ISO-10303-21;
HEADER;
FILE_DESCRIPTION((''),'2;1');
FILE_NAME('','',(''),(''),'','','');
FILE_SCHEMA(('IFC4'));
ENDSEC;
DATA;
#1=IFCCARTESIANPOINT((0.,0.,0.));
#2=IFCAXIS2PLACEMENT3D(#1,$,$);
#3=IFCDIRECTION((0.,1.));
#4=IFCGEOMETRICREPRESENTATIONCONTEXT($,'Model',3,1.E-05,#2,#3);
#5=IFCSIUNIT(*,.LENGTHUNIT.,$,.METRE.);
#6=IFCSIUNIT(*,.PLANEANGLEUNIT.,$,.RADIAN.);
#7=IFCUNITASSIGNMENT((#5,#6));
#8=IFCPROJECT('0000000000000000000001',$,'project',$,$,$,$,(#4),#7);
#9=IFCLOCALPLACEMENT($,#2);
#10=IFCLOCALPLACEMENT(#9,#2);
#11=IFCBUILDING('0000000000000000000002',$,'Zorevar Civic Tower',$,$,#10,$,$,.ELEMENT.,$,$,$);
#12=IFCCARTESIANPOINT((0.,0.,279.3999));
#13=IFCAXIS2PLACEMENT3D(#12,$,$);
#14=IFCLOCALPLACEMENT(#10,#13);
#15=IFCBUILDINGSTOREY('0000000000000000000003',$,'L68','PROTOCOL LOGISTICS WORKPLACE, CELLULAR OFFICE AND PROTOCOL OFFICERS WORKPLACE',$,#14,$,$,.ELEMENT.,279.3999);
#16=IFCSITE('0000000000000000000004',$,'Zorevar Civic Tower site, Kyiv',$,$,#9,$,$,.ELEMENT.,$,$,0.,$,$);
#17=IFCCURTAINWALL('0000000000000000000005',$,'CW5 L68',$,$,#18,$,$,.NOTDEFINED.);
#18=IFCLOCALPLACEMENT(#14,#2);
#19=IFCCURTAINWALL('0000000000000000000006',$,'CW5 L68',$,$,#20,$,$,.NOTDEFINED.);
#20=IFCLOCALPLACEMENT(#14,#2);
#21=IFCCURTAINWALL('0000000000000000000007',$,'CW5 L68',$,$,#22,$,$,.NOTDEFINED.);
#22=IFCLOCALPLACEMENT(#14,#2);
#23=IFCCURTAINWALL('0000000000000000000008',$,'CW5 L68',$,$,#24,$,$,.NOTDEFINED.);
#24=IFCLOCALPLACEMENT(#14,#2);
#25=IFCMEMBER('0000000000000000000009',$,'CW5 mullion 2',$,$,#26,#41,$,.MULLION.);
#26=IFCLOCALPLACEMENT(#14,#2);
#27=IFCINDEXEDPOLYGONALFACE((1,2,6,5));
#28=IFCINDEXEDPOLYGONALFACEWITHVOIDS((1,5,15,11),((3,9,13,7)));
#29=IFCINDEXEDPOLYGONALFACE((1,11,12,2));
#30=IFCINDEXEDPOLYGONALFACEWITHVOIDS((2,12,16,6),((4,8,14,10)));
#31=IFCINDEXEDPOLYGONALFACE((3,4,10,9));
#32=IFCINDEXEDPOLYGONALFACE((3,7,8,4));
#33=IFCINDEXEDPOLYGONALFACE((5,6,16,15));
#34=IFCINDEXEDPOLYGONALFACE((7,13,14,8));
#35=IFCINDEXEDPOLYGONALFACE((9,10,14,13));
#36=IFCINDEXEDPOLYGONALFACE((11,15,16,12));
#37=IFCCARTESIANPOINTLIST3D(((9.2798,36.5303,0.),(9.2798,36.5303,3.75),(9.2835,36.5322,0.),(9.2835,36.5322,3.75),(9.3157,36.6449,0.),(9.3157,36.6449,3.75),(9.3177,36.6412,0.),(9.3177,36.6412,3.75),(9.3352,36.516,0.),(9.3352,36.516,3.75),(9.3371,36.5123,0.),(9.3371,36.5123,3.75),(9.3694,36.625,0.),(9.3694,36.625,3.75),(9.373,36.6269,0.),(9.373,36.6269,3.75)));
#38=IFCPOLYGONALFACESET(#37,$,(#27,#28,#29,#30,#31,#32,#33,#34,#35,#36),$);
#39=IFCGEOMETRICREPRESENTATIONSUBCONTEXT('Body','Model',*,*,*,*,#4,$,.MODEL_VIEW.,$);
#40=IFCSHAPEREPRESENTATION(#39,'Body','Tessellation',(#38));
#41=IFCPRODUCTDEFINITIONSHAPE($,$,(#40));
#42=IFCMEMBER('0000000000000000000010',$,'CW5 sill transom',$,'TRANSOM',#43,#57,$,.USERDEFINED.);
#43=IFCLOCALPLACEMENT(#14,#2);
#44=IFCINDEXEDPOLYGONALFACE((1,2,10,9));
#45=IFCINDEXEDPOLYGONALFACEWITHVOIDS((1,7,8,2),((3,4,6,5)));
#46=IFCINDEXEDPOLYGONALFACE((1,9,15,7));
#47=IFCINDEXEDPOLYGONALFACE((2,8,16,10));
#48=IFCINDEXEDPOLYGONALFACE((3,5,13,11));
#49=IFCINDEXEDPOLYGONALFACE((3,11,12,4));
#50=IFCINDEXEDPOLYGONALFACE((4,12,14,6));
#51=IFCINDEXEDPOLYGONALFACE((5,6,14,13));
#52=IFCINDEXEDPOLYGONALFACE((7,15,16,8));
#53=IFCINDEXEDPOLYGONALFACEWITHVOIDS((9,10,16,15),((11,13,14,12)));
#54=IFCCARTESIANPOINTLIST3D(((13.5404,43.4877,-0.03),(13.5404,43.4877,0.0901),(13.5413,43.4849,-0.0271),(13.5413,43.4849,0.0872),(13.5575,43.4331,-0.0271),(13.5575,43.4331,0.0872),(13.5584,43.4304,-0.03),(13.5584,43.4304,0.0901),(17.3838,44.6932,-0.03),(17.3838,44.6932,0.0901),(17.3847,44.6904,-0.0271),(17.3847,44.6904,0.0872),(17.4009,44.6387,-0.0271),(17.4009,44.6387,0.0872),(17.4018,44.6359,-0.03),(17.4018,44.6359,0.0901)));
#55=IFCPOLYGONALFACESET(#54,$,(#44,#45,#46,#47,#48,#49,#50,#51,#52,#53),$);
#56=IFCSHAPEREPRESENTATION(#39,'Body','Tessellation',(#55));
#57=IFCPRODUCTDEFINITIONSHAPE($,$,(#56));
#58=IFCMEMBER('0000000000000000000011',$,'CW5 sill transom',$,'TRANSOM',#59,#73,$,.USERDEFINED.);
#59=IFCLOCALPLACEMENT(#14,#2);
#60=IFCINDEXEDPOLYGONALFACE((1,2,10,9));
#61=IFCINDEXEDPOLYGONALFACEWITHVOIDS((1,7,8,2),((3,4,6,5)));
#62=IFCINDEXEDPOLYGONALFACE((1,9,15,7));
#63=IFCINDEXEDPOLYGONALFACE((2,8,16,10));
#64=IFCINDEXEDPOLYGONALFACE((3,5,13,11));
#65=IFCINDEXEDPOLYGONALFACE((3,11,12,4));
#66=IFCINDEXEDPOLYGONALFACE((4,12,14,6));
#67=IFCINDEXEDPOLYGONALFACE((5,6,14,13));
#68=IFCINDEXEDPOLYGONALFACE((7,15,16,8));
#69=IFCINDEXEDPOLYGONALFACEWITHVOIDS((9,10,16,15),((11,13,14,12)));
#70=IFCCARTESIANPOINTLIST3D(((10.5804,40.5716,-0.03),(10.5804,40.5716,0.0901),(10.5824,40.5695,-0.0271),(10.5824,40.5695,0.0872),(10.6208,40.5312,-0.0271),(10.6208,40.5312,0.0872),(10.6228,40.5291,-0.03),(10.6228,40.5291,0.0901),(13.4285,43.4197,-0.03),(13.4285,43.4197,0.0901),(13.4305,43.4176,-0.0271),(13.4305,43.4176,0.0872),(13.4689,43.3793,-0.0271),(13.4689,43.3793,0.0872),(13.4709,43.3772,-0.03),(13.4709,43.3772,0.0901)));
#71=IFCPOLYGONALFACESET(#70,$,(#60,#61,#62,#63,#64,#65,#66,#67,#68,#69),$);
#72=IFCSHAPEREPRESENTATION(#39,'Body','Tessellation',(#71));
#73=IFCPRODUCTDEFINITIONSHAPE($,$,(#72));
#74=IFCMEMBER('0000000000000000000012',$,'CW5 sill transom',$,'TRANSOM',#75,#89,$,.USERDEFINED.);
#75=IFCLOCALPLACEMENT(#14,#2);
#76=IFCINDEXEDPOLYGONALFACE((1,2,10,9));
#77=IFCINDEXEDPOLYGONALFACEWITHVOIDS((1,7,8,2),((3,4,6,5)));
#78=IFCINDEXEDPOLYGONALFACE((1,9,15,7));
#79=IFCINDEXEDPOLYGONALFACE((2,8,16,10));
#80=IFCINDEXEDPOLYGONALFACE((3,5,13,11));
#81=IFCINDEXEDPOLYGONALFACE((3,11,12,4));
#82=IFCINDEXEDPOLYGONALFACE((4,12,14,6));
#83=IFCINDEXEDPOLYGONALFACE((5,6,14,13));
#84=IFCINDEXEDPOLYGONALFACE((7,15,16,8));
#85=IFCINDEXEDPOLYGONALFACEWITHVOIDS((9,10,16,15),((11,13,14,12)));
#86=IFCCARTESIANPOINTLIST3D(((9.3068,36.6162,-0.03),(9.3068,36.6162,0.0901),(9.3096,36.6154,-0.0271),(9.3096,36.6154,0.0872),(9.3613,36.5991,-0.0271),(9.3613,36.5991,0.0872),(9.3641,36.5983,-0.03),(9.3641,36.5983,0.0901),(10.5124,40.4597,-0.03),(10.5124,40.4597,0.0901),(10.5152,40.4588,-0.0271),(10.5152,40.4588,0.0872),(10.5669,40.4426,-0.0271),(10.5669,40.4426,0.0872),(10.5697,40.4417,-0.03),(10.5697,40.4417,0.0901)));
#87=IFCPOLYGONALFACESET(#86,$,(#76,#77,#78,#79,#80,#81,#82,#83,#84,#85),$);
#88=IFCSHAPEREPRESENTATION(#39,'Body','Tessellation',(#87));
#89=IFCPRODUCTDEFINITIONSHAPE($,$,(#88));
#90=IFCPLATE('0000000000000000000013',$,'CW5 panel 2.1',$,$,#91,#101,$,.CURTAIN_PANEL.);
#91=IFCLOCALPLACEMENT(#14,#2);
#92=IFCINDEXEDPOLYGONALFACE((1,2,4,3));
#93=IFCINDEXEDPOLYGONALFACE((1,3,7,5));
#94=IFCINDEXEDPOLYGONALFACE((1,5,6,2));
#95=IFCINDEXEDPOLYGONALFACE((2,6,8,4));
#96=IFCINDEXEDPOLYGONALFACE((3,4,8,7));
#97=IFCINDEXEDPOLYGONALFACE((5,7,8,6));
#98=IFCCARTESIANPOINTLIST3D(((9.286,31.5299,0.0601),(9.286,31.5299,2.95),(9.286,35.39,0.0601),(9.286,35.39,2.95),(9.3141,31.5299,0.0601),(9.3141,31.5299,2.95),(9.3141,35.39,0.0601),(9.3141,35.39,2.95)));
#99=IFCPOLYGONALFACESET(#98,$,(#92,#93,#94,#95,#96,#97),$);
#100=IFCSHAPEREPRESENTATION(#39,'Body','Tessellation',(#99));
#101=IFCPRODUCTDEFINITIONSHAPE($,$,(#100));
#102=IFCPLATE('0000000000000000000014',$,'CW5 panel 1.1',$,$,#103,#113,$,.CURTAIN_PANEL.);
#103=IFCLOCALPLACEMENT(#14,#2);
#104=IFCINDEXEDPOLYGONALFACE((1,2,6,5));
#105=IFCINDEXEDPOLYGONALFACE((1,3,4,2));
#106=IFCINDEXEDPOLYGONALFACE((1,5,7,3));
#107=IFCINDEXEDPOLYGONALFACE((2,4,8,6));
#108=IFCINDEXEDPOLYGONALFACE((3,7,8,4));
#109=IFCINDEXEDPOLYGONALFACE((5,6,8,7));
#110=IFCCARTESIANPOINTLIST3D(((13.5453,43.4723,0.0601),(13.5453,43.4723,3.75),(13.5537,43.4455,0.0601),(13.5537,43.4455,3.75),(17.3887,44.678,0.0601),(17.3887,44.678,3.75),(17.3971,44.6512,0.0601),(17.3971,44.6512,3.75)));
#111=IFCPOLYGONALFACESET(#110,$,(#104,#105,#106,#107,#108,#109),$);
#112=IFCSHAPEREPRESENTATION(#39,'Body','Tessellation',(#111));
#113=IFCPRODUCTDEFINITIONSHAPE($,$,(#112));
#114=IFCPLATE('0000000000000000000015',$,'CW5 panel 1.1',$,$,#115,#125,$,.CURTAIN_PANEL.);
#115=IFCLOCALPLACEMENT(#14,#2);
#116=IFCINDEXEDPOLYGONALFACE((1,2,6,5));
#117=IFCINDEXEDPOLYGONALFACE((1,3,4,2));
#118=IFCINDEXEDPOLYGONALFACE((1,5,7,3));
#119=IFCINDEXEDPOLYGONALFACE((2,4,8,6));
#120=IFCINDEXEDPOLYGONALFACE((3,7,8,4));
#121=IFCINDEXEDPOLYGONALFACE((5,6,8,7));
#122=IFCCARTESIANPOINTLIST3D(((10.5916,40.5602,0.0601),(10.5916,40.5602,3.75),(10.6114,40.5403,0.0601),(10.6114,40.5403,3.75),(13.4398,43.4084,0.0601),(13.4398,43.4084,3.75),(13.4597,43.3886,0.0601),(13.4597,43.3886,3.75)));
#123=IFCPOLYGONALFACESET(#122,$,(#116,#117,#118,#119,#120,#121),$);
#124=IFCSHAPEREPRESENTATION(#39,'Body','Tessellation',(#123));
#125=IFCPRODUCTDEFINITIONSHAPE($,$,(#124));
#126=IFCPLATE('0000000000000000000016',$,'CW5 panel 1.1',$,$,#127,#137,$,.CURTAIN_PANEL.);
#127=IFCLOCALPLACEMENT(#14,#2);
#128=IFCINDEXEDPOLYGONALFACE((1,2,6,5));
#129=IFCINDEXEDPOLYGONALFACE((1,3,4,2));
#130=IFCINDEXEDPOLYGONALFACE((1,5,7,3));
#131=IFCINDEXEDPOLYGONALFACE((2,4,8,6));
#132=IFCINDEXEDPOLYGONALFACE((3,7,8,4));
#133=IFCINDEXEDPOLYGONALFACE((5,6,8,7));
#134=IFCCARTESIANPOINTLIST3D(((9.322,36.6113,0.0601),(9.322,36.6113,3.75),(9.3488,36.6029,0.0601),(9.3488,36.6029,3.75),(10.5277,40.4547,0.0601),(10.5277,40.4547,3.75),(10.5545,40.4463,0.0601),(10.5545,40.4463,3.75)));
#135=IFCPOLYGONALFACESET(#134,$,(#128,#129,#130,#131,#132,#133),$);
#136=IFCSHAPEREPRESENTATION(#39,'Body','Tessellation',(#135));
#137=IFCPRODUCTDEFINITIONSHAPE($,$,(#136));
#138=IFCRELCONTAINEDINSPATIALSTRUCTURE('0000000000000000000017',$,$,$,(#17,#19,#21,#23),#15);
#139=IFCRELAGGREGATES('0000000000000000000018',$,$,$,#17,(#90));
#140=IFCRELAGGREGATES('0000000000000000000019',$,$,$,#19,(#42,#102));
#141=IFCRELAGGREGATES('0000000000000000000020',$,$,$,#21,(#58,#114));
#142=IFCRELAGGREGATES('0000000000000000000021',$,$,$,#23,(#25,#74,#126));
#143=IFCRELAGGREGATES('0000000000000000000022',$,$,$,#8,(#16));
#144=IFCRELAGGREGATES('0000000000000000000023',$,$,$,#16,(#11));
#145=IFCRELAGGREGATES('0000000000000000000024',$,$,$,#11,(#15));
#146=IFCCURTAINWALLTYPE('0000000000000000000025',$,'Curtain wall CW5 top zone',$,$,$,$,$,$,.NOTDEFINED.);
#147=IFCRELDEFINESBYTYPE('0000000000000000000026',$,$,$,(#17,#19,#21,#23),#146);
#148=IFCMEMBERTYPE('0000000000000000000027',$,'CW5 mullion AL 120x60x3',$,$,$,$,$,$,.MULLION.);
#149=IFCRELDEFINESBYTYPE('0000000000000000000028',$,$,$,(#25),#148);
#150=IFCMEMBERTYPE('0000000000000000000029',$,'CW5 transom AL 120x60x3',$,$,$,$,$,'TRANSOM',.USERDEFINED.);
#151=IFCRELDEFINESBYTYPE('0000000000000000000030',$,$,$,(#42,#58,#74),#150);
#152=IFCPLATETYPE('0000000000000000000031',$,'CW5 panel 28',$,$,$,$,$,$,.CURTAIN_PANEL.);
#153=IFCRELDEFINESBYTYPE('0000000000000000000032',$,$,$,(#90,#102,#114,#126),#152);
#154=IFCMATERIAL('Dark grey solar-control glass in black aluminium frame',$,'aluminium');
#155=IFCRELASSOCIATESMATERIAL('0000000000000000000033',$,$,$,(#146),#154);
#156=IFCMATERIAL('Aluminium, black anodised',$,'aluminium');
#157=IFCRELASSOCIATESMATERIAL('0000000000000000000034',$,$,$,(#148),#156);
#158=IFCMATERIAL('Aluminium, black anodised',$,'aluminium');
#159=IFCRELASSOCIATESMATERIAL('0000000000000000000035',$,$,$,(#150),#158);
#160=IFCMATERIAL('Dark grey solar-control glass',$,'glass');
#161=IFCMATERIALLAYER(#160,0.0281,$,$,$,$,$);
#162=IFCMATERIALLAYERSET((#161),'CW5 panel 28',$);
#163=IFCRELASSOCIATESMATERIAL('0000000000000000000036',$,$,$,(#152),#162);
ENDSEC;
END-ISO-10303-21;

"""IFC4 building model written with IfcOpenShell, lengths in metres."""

from ifc_helpers import new_model, si_unit, direction, frame, origin, origin_2d, place, context, subcontext, project, spatial, rectangle, hollow_rectangle, extrude, material, layer, layer_set, material_profile, profile_set, type_object, element, aggregate, save


model = new_model("IFC4")

# Units and contexts
model_context = context("Model", 3, precision=1e-05, world=origin(), true_north=direction((0.0, 1.0)))
body_context = subcontext(model_context, "Body", "Model", "MODEL_VIEW")
ifc_project = project(units=[si_unit("LENGTHUNIT", "METRE"), si_unit("PLANEANGLEUNIT", "RADIAN")], contexts=[model_context])

# Site, building, storey
site_placement = place(None, origin())
site = spatial("IfcSite", under=ifc_project, at=site_placement, Name="Zorevar Civic Tower site, Kyiv", CompositionType="ELEMENT", RefElevation=0.0)
building_placement = place(site_placement, origin())
building = spatial("IfcBuilding", under=site, at=building_placement, Name="Zorevar Civic Tower", CompositionType="ELEMENT")
storey_placement = place(building_placement, frame((0.0, 0.0, 279.3999)))
storey = spatial("IfcBuildingStorey", under=building, at=storey_placement, Name="L68", Description="PROTOCOL LOGISTICS WORKPLACE, CELLULAR OFFICE AND PROTOCOL OFFICERS WORKPLACE", CompositionType="ELEMENT", Elevation=279.3999)

# Curtain walls, member
ifc_material_1 = material(Name="Dark grey solar-control glass in black aluminium frame", Category="aluminium")
curtain_wall_type = type_object("IfcCurtainWallType", Name="Curtain wall CW5 top zone", PredefinedType="NOTDEFINED", material=ifc_material_1)
curtain_wall_1_placement = place(storey_placement, origin())
curtain_wall_1 = element("IfcCurtainWall", 1, at=curtain_wall_1_placement, inside=storey, type_object=curtain_wall_type, Name="CW5 L68", PredefinedType="NOTDEFINED")
ifc_material_2 = material(Name="Aluminium, black anodised", Category="aluminium")
ifc_material_profile_1 = material_profile(ifc_material_2, hollow_rectangle(XDim=0.0601, YDim=0.1201, WallThickness=0.0029, at=origin_2d()), Name="AL 120x60x3")
ifc_profile_set_1 = profile_set([ifc_material_profile_1], Name="Aluminium, black anodised")
member_type_1 = type_object("IfcMemberType", Name="CW5 mullion AL 120x60x3", PredefinedType="MULLION", material=ifc_profile_set_1)
curtain_wall_2_placement = place(storey_placement, origin())
curtain_wall_2 = element("IfcCurtainWall", 2, at=curtain_wall_2_placement, inside=storey, type_object=curtain_wall_type, Name="CW5 L68", PredefinedType="NOTDEFINED")
curtain_wall_3_placement = place(storey_placement, origin())
curtain_wall_3 = element("IfcCurtainWall", 3, at=curtain_wall_3_placement, inside=storey, type_object=curtain_wall_type, Name="CW5 L68", PredefinedType="NOTDEFINED")
curtain_wall_4_placement = place(storey_placement, origin())
curtain_wall_4 = element("IfcCurtainWall", 4, at=curtain_wall_4_placement, inside=storey, type_object=curtain_wall_type, Name="CW5 L68", PredefinedType="NOTDEFINED")
member_1_placement = place(storey_placement, frame((9.3264, 36.5786, 0.0), z_axis=(0.0, 0.0, 1.0), x_axis=(0.954153, -0.299318, 0.0)))
member_1 = element("IfcMember", 5, at=member_1_placement, type_object=member_type_1, Name="CW5 mullion 2", PredefinedType="MULLION", context=body_context, shape_type="SweptSolid", body=[
    extrude(hollow_rectangle(XDim=0.0601, YDim=0.1201, WallThickness=0.0029, at=origin_2d()), origin(), (0.0, 0.0, 1.0), 3.75),
])

# Members
ifc_material_3 = material(Name="Aluminium, black anodised", Category="aluminium")
ifc_material_profile_2 = material_profile(ifc_material_3, hollow_rectangle(XDim=0.0601, YDim=0.1201, WallThickness=0.0029, at=origin_2d()), Name="AL 120x60x3")
ifc_profile_set_2 = profile_set([ifc_material_profile_2], Name="Aluminium, black anodised")
member_type_2 = type_object("IfcMemberType", Name="CW5 transom AL 120x60x3", ElementType="TRANSOM", PredefinedType="USERDEFINED", material=ifc_profile_set_2)
member_2_placement = place(storey_placement, frame((17.3928, 44.6646, 0.03), z_axis=(-0.954163, -0.299286, 0.0), x_axis=(0.299286, -0.954163, 0.0)))
member_2 = element("IfcMember", 6, at=member_2_placement, type_object=member_type_2, Name="CW5 sill transom", ObjectType="TRANSOM", PredefinedType="USERDEFINED", context=body_context, shape_type="SweptSolid", body=[
    extrude(hollow_rectangle(XDim=0.0601, YDim=0.1201, WallThickness=0.0029, at=origin_2d()), origin(), (0.0, 0.0, 1.0), 4.0281),
])
member_3_placement = place(storey_placement, frame((13.4497, 43.3984, 0.03), z_axis=(-0.707107, -0.707107, 0.0), x_axis=(0.707107, -0.707107, 0.0)))
member_3 = element("IfcMember", 7, at=member_3_placement, type_object=member_type_2, Name="CW5 sill transom", ObjectType="TRANSOM", PredefinedType="USERDEFINED", context=body_context, shape_type="SweptSolid", body=[
    extrude(hollow_rectangle(XDim=0.0601, YDim=0.1201, WallThickness=0.0029, at=origin_2d()), origin(), (0.0, 0.0, 1.0), 4.0278),
])
member_4_placement = place(storey_placement, frame((10.541, 40.4507, 0.03), z_axis=(-0.299286, -0.954163, 0.0), x_axis=(0.954163, -0.299286, 0.0)))
member_4 = element("IfcMember", 8, at=member_4_placement, type_object=member_type_2, Name="CW5 sill transom", ObjectType="TRANSOM", PredefinedType="USERDEFINED", context=body_context, shape_type="SweptSolid", body=[
    extrude(hollow_rectangle(XDim=0.0601, YDim=0.1201, WallThickness=0.0029, at=origin_2d()), origin(), (0.0, 0.0, 1.0), 4.0281),
])

# Plates
ifc_material_4 = material(Name="Dark grey solar-control glass", Category="glass")
ifc_layer_1 = layer(ifc_material_4, 0.0281)
ifc_layer_set_1 = layer_set([ifc_layer_1], Name="CW5 panel 28")
plate_type = type_object("IfcPlateType", Name="CW5 panel 28", PredefinedType="CURTAIN_PANEL", material=ifc_layer_set_1)
plate_1_placement = place(storey_placement, frame((9.3, 33.46, 0.0601), z_axis=(0.0, 0.0, 1.0), x_axis=(0.0, 1.0, 0.0)))
plate_1 = element("IfcPlate", 9, at=plate_1_placement, type_object=plate_type, Name="CW5 panel 2.1", PredefinedType="CURTAIN_PANEL", context=body_context, shape_type="SweptSolid", body=[
    extrude(rectangle(XDim=3.8601, YDim=0.0281, at=origin_2d()), origin(), (0.0, 0.0, 1.0), 2.8899),
])
aggregate(curtain_wall_1, [plate_1])
plate_2_placement = place(storey_placement, frame((15.4712, 44.0618, 0.0601), z_axis=(0.0, 0.0, 1.0), x_axis=(-0.954153, -0.299318, 0.0)))
plate_2 = element("IfcPlate", 10, at=plate_2_placement, type_object=plate_type, Name="CW5 panel 1.1", PredefinedType="CURTAIN_PANEL", context=body_context, shape_type="SweptSolid", body=[
    extrude(rectangle(XDim=4.0281, YDim=0.0281, at=origin_2d()), origin(), (0.0, 0.0, 1.0), 3.6899),
])
aggregate(curtain_wall_2, [member_2, plate_2])
plate_3_placement = place(storey_placement, frame((12.0256, 41.9744, 0.0601), z_axis=(0.0, 0.0, 1.0), x_axis=(-0.707107, -0.707107, 0.0)))
plate_3 = element("IfcPlate", 11, at=plate_3_placement, type_object=plate_type, Name="CW5 panel 1.1", PredefinedType="CURTAIN_PANEL", context=body_context, shape_type="SweptSolid", body=[
    extrude(rectangle(XDim=4.0281, YDim=0.0281, at=origin_2d()), origin(), (0.0, 0.0, 1.0), 3.6899),
])
aggregate(curtain_wall_3, [member_3, plate_3])
plate_4_placement = place(storey_placement, frame((9.9382, 38.5288, 0.0601), z_axis=(0.0, 0.0, 1.0), x_axis=(-0.299318, -0.954153, 0.0)))
plate_4 = element("IfcPlate", 12, at=plate_4_placement, type_object=plate_type, Name="CW5 panel 1.1", PredefinedType="CURTAIN_PANEL", context=body_context, shape_type="SweptSolid", body=[
    extrude(rectangle(XDim=4.0281, YDim=0.0281, at=origin_2d()), origin(), (0.0, 0.0, 1.0), 3.6899),
])
aggregate(curtain_wall_4, [member_1, member_4, plate_4])

save(model, "model.ifc")
